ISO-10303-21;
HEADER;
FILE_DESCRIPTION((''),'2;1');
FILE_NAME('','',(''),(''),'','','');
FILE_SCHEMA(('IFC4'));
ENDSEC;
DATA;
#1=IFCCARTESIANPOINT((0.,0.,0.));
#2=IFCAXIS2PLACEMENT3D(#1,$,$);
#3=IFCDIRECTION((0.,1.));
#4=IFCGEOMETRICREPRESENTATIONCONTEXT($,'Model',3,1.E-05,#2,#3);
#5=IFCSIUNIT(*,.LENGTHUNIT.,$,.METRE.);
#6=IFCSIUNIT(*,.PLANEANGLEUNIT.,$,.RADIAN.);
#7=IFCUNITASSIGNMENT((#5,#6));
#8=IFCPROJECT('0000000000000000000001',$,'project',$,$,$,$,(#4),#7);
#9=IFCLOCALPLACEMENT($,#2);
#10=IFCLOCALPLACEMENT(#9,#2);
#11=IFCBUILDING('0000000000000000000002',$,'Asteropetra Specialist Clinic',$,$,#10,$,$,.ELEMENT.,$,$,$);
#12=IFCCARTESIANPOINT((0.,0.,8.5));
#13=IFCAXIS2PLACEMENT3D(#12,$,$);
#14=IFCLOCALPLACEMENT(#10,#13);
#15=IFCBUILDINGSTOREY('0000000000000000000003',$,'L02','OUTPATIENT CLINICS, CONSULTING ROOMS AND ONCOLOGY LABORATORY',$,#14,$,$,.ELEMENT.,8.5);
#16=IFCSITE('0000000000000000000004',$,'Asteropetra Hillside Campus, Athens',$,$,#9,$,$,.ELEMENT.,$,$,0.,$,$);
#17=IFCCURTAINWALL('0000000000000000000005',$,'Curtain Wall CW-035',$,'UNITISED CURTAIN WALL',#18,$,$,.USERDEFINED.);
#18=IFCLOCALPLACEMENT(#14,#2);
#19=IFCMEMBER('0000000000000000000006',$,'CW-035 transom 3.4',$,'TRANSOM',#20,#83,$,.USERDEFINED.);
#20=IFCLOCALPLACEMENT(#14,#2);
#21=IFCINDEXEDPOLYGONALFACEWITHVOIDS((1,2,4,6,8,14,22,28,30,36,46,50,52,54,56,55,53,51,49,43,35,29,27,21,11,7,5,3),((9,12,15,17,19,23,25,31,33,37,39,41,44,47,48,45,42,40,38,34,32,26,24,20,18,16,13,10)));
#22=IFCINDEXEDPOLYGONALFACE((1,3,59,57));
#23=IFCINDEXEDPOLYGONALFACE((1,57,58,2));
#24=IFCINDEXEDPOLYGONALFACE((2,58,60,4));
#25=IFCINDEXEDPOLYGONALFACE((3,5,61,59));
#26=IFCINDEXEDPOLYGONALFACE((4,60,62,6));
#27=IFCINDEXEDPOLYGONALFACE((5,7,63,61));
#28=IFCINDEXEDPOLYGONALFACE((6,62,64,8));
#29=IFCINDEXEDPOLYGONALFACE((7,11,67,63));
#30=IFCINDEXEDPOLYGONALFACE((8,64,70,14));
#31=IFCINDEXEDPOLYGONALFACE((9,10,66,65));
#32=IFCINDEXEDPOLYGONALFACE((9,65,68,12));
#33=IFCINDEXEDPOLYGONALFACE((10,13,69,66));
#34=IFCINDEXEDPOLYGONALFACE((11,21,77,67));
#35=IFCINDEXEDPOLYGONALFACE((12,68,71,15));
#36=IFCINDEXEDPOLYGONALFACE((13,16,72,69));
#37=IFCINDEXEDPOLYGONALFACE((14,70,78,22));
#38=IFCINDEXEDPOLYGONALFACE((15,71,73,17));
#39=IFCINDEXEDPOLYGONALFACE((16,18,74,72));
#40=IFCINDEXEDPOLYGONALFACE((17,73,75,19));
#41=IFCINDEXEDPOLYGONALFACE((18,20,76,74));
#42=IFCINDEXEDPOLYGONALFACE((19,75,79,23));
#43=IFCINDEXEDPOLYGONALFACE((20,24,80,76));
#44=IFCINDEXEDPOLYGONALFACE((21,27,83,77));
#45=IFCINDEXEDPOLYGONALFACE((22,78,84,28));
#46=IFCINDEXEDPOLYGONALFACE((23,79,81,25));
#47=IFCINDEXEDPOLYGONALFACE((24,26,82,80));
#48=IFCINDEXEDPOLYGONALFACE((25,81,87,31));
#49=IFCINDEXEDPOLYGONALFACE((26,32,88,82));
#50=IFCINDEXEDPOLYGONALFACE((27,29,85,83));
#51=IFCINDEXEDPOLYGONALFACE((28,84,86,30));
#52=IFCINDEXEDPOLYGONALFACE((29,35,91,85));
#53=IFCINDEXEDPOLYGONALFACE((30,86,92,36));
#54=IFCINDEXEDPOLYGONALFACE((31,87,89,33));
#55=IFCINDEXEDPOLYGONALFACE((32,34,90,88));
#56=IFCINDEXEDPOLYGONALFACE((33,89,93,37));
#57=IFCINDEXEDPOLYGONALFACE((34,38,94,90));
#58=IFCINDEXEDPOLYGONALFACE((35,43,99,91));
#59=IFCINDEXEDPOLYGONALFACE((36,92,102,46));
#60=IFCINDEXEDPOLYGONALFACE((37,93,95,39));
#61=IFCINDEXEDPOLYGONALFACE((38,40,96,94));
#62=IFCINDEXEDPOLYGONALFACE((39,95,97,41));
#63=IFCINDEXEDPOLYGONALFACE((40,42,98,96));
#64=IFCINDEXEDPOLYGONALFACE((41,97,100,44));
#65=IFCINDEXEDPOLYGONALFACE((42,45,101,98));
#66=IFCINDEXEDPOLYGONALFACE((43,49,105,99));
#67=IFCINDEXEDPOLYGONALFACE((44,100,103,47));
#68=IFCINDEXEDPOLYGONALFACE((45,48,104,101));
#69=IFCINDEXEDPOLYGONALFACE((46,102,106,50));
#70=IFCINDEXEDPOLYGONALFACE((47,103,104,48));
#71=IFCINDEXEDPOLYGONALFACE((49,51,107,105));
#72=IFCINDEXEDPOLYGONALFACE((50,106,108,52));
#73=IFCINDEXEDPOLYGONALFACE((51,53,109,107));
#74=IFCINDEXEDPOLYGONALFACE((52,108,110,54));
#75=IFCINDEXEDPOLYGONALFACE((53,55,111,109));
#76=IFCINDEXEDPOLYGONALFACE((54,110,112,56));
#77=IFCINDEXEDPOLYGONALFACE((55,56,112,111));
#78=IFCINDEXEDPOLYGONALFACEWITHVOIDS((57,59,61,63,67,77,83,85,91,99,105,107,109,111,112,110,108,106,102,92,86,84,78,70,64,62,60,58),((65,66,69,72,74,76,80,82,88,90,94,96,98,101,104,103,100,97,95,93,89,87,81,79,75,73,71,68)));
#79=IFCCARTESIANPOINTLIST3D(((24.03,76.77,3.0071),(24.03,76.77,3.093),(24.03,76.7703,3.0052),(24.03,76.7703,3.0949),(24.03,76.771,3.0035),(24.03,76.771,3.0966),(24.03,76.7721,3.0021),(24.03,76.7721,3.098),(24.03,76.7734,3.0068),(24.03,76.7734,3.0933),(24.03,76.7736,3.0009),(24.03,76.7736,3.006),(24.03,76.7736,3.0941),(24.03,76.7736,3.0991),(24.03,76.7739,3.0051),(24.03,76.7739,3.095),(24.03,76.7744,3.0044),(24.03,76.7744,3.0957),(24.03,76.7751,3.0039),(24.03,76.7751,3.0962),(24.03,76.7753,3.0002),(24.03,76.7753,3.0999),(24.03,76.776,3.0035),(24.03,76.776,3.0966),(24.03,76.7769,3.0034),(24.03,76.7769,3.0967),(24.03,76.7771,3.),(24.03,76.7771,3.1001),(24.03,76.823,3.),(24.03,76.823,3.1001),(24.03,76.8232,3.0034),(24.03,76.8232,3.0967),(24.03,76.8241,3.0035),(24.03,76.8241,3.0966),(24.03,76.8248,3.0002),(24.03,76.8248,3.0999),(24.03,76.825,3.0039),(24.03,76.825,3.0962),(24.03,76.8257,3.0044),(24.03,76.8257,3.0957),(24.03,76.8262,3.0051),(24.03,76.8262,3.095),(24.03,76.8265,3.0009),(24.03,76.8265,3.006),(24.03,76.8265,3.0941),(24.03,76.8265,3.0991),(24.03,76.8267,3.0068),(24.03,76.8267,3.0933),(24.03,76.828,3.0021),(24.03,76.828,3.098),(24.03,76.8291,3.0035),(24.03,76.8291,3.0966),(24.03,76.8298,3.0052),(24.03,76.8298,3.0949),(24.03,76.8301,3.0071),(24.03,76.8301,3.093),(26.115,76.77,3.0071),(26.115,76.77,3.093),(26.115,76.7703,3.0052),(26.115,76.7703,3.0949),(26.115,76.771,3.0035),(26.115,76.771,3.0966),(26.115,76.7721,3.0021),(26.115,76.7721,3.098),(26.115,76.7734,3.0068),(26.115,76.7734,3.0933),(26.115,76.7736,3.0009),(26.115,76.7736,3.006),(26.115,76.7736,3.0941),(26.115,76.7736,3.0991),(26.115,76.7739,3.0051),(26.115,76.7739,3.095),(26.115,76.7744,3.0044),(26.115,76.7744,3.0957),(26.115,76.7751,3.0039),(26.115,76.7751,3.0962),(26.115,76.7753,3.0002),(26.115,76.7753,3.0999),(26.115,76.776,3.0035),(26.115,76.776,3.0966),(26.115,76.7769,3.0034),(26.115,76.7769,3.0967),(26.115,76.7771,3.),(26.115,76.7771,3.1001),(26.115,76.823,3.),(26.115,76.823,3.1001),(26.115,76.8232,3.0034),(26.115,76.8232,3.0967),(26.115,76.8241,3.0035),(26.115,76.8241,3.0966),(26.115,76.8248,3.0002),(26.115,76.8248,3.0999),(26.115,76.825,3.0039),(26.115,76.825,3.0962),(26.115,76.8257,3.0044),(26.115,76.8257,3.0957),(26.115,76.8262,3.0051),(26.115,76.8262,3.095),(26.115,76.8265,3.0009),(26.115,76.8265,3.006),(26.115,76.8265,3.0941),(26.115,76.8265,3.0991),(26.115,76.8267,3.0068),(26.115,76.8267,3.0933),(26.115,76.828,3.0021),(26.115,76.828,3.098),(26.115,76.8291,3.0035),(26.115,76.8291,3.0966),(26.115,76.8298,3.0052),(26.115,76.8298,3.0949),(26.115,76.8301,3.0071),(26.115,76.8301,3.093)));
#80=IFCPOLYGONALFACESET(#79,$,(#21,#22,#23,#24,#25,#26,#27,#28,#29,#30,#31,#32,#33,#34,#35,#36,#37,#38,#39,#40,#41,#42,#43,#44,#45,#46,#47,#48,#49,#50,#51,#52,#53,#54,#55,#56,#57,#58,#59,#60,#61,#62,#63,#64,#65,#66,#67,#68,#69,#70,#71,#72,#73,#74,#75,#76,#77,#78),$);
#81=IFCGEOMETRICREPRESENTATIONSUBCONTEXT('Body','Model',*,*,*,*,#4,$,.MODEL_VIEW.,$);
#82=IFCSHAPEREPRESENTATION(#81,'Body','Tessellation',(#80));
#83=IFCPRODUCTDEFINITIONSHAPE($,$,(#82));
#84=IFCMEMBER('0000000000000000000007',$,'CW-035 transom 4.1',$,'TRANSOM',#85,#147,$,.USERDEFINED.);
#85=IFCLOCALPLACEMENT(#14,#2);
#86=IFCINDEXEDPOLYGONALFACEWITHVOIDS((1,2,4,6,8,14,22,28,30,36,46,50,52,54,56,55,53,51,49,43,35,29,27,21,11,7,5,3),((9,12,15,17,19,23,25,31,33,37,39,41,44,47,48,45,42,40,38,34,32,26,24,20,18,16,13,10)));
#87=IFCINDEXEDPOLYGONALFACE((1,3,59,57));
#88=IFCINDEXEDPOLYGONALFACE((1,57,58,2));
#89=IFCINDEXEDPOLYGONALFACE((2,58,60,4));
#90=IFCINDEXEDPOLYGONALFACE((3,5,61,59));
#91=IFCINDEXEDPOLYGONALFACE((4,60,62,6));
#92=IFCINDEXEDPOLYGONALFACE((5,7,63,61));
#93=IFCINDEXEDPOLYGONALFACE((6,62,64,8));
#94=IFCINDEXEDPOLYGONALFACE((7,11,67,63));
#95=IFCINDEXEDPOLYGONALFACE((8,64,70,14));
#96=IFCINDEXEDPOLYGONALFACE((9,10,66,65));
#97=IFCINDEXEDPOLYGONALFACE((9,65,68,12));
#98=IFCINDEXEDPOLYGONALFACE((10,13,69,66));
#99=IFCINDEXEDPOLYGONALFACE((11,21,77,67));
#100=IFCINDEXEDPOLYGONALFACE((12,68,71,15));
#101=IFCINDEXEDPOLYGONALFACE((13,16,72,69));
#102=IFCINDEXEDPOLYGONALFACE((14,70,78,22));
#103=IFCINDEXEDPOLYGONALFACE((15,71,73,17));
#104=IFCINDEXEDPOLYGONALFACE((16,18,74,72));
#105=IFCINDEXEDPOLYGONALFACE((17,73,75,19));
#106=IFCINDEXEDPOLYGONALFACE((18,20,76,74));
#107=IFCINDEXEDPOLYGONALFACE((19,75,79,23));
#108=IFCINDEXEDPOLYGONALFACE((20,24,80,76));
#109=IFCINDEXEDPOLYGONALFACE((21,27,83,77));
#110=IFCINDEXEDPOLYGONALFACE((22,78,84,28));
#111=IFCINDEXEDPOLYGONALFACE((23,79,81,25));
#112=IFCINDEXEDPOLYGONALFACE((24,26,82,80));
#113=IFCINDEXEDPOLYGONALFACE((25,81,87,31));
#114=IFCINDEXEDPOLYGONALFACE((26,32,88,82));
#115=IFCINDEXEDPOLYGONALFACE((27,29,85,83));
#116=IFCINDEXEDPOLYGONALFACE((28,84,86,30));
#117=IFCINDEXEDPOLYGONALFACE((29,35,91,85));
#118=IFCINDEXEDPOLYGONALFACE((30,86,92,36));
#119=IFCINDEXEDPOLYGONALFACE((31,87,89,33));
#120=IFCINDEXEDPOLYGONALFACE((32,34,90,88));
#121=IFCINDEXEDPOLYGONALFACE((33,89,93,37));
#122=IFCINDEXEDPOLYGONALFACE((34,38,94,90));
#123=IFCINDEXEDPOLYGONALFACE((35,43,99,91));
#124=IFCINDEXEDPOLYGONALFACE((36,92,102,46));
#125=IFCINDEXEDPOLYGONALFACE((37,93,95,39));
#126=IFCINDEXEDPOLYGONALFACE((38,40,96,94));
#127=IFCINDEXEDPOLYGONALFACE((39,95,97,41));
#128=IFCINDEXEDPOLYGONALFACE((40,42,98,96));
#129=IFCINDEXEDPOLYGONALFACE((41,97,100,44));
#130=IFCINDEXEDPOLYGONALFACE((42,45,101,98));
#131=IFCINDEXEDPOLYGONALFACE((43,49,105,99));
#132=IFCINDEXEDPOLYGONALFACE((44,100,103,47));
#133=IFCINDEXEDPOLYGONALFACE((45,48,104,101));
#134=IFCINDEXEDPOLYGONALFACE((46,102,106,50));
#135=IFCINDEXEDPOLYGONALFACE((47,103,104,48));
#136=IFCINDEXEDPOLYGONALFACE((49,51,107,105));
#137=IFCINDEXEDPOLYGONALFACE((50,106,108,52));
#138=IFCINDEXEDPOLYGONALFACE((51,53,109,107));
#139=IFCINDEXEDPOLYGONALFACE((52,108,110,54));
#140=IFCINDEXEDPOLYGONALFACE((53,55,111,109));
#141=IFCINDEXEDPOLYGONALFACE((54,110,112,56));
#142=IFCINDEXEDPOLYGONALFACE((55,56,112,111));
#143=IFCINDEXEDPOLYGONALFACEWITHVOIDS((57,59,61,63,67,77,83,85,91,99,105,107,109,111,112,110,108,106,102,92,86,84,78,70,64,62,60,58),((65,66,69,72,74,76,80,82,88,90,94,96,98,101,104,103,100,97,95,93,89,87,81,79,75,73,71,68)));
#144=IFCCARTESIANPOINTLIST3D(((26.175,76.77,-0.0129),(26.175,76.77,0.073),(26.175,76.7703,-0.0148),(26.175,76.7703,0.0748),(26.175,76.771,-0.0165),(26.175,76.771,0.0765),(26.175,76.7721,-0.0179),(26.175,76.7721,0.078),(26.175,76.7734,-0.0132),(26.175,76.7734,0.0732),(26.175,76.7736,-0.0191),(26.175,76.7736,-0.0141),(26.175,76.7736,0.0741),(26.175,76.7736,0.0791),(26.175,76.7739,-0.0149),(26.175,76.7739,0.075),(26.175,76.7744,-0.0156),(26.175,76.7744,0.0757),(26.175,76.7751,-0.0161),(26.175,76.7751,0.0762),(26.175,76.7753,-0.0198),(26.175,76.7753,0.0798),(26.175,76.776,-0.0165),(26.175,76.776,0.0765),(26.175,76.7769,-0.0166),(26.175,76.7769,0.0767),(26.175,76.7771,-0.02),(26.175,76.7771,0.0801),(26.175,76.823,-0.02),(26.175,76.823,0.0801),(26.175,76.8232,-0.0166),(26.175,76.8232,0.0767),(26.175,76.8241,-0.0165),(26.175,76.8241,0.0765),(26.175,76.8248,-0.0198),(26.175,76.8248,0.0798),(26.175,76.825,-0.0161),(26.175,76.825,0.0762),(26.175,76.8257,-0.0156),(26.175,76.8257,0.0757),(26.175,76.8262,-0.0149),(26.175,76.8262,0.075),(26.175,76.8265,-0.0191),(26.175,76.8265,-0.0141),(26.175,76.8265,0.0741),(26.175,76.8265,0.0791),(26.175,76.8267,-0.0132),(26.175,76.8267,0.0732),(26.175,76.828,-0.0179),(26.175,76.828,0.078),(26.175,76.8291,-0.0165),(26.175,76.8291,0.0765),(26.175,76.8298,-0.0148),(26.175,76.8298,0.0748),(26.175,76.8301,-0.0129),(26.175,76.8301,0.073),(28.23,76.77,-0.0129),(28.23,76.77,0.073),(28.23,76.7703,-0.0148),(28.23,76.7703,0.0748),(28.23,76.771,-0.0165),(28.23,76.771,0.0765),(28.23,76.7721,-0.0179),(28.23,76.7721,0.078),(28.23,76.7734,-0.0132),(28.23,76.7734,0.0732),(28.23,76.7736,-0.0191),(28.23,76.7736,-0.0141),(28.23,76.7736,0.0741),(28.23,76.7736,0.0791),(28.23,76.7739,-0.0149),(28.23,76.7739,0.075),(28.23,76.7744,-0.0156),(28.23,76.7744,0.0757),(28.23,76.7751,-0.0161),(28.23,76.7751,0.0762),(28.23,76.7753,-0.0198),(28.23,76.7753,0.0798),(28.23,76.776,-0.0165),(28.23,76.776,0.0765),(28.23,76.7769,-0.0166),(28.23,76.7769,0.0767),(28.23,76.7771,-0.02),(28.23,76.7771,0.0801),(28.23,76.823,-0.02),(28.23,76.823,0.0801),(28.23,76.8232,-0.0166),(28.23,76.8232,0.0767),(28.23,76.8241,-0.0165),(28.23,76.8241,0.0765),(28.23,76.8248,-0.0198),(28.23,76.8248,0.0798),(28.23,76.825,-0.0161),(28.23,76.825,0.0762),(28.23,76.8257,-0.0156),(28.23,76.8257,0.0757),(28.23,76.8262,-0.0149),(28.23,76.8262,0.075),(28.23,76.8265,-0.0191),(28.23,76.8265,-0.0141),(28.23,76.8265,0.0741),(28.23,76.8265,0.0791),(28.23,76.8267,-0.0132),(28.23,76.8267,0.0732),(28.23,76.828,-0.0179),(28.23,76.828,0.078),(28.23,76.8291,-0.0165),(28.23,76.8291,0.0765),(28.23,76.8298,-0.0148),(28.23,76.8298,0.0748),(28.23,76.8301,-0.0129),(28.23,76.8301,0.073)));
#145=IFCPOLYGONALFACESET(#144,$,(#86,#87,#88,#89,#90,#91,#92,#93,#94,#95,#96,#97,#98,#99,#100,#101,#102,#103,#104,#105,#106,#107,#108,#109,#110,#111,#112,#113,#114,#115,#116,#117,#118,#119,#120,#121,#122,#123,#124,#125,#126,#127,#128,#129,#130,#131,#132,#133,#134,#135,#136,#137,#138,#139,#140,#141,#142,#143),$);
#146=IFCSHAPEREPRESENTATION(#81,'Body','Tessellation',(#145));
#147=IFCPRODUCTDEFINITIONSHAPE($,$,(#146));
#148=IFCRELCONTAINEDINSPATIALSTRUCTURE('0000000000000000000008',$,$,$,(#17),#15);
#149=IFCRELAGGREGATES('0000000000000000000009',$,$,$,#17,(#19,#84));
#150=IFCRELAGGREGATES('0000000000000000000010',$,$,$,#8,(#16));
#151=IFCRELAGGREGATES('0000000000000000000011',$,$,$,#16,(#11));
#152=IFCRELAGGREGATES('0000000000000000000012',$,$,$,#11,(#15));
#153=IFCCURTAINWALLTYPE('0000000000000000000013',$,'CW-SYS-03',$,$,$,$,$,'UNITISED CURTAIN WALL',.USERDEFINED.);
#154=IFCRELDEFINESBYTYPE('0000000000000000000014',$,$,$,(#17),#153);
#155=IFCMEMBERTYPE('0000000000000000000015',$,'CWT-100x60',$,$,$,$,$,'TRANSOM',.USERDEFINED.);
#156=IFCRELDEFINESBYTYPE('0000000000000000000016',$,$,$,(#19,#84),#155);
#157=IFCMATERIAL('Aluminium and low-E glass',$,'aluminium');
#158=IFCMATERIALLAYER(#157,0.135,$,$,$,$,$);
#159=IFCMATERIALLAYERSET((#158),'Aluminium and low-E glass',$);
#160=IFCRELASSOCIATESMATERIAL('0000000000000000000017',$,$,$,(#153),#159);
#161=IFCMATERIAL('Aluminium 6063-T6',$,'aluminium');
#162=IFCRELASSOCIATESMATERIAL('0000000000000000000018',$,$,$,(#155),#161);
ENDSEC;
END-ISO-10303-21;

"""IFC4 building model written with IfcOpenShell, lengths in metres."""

from ifc_helpers import new_model, si_unit, direction, frame, origin, origin_2d, place, context, subcontext, project, spatial, hollow_rectangle, extrude, material, layer, layer_set, material_profile, profile_set, type_object, element, aggregate, save


model = new_model("IFC4")

# Units and contexts
model_context = context("Model", 3, precision=1e-05, world=origin(), true_north=direction((0.0, 1.0)))
body_context = subcontext(model_context, "Body", "Model", "MODEL_VIEW")
ifc_project = project(units=[si_unit("LENGTHUNIT", "METRE"), si_unit("PLANEANGLEUNIT", "RADIAN")], contexts=[model_context])

# Site, building, storey
site_placement = place(None, origin())
site = spatial("IfcSite", under=ifc_project, at=site_placement, Name="Asteropetra Hillside Campus, Athens", CompositionType="ELEMENT", RefElevation=0.0)
building_placement = place(site_placement, origin())
building = spatial("IfcBuilding", under=site, at=building_placement, Name="Asteropetra Specialist Clinic", CompositionType="ELEMENT")
storey_placement = place(building_placement, frame((0.0, 0.0, 8.5)))
storey = spatial("IfcBuildingStorey", under=building, at=storey_placement, Name="L02", Description="OUTPATIENT CLINICS, CONSULTING ROOMS AND ONCOLOGY LABORATORY", CompositionType="ELEMENT", Elevation=8.5)

# Curtain wall
ifc_material_1 = material(Name="Aluminium and low-E glass", Category="aluminium")
ifc_layer_1 = layer(ifc_material_1, 0.135)
ifc_layer_set_1 = layer_set([ifc_layer_1], Name="Aluminium and low-E glass")
curtain_wall_type_1 = type_object("IfcCurtainWallType", Name="CW-SYS-03", ElementType="UNITISED CURTAIN WALL", PredefinedType="USERDEFINED", material=ifc_layer_set_1)
curtain_wall_1_placement = place(storey_placement, origin())
curtain_wall_1 = element("IfcCurtainWall", 1, at=curtain_wall_1_placement, inside=storey, type_object=curtain_wall_type_1, Name="Curtain Wall CW-035", ObjectType="UNITISED CURTAIN WALL", PredefinedType="USERDEFINED")

# Members
ifc_material_2 = material(Name="Aluminium 6063-T6", Category="aluminium")
ifc_material_profile_1 = material_profile(ifc_material_2, hollow_rectangle(XDim=0.0601, YDim=0.1001, WallThickness=0.0034, InnerFilletRadius=0.0034, OuterFilletRadius=0.0071, at=origin_2d()), Name="TRN 100x60x3.5")
ifc_profile_set_1 = profile_set([ifc_material_profile_1], Name="Aluminium 6063-T6")
member_type_1 = type_object("IfcMemberType", Name="CWT-100x60", ElementType="TRANSOM", PredefinedType="USERDEFINED", material=ifc_profile_set_1)
member_1_placement = place(storey_placement, frame((24.03, 76.8, 3.05), z_axis=(1.0, 0.0, 0.0), x_axis=(0.0, 1.0, 0.0)))
member_1 = element("IfcMember", 2, at=member_1_placement, type_object=member_type_1, Name="CW-035 transom 3.4", ObjectType="TRANSOM", PredefinedType="USERDEFINED", context=body_context, shape_type="SweptSolid", body=[
    extrude(hollow_rectangle(XDim=0.0601, YDim=0.1001, WallThickness=0.0034, InnerFilletRadius=0.0034, OuterFilletRadius=0.0071, at=origin_2d()), origin(), (0.0, 0.0, 1.0), 2.085),
])
member_2_placement = place(storey_placement, frame((26.175, 76.8, 0.03), z_axis=(1.0, 0.0, 0.0), x_axis=(0.0, 1.0, 0.0)))
member_2 = element("IfcMember", 3, at=member_2_placement, type_object=member_type_1, Name="CW-035 transom 4.1", ObjectType="TRANSOM", PredefinedType="USERDEFINED", context=body_context, shape_type="SweptSolid", body=[
    extrude(hollow_rectangle(XDim=0.0601, YDim=0.1001, WallThickness=0.0034, InnerFilletRadius=0.0034, OuterFilletRadius=0.0071, at=origin_2d()), origin(), (0.0, 0.0, 1.0), 2.0549),
])

aggregate(curtain_wall_1, [member_1, member_2])

save(model, "model.ifc")
